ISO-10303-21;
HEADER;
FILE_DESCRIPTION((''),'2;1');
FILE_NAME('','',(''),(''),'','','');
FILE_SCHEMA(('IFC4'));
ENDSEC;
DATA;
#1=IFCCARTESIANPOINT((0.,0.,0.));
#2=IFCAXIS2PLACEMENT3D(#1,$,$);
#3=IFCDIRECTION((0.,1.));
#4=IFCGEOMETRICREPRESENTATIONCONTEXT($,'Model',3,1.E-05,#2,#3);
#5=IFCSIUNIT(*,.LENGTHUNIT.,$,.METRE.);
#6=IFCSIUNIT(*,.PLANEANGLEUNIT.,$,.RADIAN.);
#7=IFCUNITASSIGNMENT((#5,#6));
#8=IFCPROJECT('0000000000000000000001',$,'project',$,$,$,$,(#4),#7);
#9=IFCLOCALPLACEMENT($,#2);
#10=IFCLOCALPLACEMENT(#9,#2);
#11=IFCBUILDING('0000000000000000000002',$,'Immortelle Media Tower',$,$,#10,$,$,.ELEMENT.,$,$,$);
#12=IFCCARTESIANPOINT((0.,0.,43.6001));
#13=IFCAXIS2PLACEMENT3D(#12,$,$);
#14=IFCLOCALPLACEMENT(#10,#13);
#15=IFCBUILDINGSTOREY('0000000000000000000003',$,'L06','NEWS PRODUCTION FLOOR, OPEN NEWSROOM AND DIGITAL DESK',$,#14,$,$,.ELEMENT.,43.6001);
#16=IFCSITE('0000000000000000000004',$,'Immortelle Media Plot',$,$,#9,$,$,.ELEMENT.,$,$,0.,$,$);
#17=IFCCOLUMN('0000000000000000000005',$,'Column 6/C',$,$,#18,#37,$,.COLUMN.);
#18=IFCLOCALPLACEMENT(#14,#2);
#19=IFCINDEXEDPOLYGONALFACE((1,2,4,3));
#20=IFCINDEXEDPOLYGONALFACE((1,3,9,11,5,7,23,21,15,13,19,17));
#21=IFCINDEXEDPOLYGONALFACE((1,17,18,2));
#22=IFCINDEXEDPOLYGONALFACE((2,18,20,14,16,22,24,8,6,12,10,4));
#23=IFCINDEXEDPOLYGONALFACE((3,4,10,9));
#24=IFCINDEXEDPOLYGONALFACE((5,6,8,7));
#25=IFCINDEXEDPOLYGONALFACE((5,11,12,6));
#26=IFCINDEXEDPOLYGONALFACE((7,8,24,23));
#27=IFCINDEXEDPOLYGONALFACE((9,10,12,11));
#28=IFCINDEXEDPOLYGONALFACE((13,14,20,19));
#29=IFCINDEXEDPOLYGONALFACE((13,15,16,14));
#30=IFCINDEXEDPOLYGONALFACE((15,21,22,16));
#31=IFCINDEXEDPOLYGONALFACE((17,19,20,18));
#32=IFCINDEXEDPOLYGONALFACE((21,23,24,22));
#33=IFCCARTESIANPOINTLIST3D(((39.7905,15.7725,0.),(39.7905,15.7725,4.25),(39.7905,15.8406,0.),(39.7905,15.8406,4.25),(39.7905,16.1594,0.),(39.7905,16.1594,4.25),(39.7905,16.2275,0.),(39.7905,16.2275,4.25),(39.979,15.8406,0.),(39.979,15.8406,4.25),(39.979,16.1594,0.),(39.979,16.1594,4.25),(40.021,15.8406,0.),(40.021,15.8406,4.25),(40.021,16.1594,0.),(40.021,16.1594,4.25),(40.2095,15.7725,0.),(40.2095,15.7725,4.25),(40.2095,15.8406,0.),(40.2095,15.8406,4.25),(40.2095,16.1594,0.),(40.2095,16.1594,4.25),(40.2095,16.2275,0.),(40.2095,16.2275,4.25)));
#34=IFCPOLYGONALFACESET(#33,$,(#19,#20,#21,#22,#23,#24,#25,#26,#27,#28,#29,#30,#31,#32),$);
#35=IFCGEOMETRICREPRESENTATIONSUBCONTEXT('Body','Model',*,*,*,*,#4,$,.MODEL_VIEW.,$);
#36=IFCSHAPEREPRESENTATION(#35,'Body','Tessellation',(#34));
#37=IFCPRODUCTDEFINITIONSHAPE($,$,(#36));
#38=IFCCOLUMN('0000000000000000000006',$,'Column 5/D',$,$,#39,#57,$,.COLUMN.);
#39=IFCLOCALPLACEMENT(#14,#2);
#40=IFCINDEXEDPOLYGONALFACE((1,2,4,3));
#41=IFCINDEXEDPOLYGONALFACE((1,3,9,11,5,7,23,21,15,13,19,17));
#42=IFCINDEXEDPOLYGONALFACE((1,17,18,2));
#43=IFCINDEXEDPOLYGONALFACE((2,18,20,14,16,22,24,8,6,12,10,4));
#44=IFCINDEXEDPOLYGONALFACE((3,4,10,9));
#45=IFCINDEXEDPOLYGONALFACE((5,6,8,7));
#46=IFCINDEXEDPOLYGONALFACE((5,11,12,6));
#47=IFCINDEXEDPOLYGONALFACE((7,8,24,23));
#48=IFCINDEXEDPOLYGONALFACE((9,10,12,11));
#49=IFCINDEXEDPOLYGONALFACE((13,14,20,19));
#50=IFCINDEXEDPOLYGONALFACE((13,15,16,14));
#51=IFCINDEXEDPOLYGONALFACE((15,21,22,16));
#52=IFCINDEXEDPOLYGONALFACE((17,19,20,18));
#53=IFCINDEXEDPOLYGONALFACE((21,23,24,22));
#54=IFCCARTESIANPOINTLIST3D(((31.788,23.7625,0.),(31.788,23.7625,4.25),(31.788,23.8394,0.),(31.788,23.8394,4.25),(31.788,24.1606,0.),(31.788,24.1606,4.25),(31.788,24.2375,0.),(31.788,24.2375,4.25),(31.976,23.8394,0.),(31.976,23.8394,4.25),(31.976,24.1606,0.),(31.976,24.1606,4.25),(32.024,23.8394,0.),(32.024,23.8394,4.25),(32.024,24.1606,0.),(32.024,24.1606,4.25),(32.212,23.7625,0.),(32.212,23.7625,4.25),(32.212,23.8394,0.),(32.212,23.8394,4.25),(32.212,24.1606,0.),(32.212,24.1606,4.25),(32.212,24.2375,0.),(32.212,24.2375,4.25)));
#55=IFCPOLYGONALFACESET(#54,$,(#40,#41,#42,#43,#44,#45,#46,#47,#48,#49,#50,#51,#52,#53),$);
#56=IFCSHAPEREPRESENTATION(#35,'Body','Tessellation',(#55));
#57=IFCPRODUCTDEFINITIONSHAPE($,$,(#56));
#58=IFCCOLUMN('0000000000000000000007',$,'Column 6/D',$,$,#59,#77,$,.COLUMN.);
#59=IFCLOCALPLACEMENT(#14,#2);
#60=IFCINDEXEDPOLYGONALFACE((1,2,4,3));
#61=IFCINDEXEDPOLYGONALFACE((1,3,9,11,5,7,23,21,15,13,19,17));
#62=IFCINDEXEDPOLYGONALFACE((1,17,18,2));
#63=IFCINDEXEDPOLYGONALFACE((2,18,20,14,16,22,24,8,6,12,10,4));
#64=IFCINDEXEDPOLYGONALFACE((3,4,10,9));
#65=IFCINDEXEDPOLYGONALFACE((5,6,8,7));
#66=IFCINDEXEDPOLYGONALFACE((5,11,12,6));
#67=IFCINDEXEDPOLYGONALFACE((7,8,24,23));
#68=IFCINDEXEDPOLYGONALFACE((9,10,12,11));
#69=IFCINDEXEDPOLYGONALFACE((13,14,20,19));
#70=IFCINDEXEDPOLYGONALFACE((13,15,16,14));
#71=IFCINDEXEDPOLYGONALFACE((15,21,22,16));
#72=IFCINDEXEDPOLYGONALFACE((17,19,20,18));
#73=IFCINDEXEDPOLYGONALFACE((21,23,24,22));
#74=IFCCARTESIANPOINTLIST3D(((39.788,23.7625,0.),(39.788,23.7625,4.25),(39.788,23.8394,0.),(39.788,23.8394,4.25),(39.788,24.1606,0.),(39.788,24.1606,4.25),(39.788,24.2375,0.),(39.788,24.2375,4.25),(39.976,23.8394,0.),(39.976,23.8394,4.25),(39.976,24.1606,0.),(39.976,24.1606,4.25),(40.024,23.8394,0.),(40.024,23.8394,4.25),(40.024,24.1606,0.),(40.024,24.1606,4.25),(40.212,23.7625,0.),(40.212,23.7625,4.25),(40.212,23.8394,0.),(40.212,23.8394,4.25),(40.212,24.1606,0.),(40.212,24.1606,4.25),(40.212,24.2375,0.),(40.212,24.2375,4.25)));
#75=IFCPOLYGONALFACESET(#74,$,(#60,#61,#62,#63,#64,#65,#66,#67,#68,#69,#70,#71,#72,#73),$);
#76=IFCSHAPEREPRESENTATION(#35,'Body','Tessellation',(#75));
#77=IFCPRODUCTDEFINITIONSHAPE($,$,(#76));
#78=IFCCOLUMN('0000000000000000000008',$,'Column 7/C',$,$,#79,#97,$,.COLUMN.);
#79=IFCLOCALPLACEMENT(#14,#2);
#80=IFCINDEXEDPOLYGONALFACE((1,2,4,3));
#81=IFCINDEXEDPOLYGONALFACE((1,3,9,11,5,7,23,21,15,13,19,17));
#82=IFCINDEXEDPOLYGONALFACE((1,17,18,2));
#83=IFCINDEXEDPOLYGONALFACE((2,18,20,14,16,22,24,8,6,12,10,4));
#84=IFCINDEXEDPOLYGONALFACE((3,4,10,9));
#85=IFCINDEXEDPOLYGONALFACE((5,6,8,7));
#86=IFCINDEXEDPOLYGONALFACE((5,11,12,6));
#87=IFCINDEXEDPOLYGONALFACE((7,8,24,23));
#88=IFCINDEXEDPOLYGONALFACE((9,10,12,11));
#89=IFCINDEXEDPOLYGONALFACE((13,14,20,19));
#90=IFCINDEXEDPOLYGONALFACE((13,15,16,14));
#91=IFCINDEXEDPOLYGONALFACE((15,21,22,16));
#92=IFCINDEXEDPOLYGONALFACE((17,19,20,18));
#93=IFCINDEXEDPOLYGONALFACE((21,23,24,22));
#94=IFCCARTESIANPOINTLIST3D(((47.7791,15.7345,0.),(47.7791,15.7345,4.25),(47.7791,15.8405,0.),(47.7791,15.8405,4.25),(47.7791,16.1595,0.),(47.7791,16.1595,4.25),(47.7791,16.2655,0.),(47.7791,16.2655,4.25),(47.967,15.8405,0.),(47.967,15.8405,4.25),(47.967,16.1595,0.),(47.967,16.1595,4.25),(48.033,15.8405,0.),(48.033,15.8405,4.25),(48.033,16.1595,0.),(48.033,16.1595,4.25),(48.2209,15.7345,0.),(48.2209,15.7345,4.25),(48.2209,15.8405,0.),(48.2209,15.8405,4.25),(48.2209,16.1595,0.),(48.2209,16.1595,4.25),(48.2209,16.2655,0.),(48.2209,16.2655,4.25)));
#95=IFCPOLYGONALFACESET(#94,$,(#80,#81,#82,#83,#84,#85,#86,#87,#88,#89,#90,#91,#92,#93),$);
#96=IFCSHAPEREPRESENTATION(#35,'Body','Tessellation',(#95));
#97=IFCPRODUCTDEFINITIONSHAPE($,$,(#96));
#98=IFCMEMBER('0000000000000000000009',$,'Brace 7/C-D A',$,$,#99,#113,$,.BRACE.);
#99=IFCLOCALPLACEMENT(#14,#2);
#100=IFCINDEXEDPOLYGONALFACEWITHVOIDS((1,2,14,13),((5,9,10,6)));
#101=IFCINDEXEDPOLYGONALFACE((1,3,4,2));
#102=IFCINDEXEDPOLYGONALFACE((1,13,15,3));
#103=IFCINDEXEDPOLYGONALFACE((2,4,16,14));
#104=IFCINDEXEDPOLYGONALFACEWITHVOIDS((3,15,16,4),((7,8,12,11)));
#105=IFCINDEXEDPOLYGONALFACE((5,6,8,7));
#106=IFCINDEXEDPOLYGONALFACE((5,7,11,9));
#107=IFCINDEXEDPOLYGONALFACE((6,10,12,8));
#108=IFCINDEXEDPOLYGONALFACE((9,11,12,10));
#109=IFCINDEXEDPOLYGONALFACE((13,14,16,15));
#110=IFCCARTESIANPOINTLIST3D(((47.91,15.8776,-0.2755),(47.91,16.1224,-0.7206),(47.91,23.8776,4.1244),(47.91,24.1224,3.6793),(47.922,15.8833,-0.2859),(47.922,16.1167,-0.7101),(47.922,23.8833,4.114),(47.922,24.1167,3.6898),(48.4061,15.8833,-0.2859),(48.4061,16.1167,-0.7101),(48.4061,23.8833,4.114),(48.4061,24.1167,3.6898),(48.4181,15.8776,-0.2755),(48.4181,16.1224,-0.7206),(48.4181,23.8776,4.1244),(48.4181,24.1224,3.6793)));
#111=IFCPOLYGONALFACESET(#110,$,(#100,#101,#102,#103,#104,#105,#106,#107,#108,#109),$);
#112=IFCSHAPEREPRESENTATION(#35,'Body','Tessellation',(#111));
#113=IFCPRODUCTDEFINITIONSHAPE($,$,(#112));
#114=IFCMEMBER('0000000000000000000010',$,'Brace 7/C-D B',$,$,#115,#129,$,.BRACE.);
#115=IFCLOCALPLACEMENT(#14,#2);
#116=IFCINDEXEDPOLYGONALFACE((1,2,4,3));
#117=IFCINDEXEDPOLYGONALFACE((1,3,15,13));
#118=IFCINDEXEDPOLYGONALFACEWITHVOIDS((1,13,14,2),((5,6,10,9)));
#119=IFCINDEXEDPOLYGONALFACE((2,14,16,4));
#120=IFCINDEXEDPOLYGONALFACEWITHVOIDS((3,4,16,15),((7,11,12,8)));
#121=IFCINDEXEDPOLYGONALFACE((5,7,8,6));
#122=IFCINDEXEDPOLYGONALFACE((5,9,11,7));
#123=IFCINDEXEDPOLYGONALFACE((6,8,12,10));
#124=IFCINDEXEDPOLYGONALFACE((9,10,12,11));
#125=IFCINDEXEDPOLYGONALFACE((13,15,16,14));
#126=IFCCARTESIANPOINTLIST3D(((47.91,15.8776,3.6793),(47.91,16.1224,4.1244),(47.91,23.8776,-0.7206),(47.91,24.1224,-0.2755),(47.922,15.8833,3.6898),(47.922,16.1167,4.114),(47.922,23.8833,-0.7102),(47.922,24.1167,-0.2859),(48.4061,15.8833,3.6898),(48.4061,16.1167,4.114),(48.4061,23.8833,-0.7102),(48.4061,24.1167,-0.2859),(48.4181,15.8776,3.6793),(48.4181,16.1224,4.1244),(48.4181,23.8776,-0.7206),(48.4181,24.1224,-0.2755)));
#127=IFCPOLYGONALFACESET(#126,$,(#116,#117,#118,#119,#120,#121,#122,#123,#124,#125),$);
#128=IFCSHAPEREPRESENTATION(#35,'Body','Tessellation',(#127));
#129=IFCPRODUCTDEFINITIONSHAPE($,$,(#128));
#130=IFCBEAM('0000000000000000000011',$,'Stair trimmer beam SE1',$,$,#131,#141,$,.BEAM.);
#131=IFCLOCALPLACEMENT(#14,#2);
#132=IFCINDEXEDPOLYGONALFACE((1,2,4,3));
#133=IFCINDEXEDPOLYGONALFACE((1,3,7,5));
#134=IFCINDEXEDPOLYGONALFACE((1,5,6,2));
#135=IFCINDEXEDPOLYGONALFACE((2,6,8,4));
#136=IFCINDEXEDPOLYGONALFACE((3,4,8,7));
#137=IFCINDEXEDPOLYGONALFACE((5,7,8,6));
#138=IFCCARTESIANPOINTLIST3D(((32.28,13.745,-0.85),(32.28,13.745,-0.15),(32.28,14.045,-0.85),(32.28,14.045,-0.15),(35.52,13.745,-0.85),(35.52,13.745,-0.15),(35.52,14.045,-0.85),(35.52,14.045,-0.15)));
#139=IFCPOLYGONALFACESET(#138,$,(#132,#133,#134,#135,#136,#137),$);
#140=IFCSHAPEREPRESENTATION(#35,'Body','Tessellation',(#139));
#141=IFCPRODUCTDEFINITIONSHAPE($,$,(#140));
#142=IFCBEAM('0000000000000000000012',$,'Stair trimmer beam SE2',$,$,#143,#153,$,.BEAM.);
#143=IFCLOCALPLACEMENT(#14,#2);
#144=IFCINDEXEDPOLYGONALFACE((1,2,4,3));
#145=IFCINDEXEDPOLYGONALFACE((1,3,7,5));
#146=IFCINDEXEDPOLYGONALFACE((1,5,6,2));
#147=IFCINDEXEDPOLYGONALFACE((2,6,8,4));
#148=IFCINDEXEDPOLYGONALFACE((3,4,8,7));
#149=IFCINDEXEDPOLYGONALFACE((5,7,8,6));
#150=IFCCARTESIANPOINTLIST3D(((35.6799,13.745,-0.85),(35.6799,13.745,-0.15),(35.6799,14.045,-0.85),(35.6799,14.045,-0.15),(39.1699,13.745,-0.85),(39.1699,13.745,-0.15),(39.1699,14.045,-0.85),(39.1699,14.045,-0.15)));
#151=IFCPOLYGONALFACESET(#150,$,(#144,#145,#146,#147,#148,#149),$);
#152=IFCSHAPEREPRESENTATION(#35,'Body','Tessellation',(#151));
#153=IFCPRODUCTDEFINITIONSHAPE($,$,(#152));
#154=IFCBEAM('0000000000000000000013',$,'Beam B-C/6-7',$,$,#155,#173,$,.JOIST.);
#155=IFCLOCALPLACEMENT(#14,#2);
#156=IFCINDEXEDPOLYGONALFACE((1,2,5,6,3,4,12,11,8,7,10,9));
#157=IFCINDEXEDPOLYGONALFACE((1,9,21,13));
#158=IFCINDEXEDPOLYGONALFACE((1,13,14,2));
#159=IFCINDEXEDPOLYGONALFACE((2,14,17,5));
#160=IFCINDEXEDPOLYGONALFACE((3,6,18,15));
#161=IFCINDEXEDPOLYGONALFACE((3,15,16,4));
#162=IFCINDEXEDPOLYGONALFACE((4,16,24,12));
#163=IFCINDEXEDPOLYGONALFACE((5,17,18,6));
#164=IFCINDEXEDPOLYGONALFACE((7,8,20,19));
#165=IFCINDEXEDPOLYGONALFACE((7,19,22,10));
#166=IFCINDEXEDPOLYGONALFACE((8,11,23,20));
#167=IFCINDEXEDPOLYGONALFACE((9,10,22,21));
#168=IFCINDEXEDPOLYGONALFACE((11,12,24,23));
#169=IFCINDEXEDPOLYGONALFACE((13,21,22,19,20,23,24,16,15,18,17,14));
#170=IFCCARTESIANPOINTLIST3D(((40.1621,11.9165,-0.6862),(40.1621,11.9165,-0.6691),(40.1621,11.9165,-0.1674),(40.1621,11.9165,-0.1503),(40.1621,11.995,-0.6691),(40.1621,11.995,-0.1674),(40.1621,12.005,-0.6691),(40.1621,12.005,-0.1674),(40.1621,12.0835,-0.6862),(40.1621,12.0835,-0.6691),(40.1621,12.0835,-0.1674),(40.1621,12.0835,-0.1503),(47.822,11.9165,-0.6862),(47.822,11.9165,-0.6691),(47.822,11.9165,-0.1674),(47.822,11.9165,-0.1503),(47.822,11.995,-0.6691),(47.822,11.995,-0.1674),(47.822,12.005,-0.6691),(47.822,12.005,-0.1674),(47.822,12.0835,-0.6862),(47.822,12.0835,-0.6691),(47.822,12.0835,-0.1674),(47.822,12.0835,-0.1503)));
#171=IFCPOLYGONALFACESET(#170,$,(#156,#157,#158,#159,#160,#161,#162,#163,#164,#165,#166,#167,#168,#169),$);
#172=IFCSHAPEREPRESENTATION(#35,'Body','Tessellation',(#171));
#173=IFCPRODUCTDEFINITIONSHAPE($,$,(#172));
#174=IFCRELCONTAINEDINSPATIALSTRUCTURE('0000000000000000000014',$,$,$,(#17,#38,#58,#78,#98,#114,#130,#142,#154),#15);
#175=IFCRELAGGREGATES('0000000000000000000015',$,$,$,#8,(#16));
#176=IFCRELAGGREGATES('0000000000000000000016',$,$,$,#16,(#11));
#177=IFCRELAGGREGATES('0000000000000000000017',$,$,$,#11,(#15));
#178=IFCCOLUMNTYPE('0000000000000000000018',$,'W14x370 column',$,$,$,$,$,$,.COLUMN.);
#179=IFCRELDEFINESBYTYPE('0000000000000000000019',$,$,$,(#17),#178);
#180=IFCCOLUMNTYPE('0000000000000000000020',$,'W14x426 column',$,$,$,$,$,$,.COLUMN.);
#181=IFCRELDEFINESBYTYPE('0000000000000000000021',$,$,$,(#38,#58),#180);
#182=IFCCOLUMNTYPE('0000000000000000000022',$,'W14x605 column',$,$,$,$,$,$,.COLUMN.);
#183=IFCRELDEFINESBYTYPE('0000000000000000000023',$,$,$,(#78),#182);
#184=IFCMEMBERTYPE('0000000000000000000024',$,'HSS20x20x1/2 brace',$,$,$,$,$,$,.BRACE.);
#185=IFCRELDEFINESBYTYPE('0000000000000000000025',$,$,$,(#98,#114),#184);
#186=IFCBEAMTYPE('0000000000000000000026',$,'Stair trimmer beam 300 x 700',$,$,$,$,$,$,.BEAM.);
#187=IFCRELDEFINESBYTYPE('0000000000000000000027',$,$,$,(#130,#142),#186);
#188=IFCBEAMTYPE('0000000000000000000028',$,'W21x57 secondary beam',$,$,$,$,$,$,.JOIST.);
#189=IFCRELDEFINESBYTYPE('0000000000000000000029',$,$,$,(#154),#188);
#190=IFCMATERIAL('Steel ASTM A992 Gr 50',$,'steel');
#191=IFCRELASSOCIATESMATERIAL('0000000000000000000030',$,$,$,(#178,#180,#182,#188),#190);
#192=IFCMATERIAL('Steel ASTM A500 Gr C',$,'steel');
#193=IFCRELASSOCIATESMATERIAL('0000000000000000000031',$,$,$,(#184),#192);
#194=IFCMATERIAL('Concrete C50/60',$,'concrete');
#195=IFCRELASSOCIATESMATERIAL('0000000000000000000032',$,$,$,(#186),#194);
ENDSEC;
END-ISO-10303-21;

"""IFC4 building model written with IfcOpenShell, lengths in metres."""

from ifc_helpers import new_model, si_unit, direction, frame, origin, origin_2d, place, context, subcontext, project, spatial, rectangle, hollow_rectangle, i_section, extrude, material, material_profile, profile_set, type_object, element, save


model = new_model("IFC4")

# Units and contexts
model_context = context("Model", 3, precision=1e-05, world=origin(), true_north=direction((0.0, 1.0)))
body_context = subcontext(model_context, "Body", "Model", "MODEL_VIEW")
ifc_project = project(units=[si_unit("LENGTHUNIT", "METRE"), si_unit("PLANEANGLEUNIT", "RADIAN")], contexts=[model_context])

# Site, building, storey
site_placement = place(None, origin())
site = spatial("IfcSite", under=ifc_project, at=site_placement, Name="Immortelle Media Plot", CompositionType="ELEMENT", RefElevation=0.0)
building_placement = place(site_placement, origin())
building = spatial("IfcBuilding", under=site, at=building_placement, Name="Immortelle Media Tower", CompositionType="ELEMENT")
storey_placement = place(building_placement, frame((0.0, 0.0, 43.6001)))
storey = spatial("IfcBuildingStorey", under=building, at=storey_placement, Name="L06", Description="NEWS PRODUCTION FLOOR, OPEN NEWSROOM AND DIGITAL DESK", CompositionType="ELEMENT", Elevation=43.6001)

# Columns
ifc_material_1 = material(Name="Steel ASTM A992 Gr 50", Category="steel")
ifc_material_profile_1 = material_profile(ifc_material_1, i_section(OverallWidth=0.4189, OverallDepth=0.4551, WebThickness=0.042, FlangeThickness=0.0681, at=origin_2d()), Name="W14x370")
ifc_profile_set_1 = profile_set([ifc_material_profile_1], Name="Steel ASTM A992 Gr 50")
column_type_1 = type_object("IfcColumnType", Name="W14x370 column", PredefinedType="COLUMN", material=ifc_profile_set_1)
column_1_placement = place(storey_placement, frame((40.0, 16.0, 0.0), z_axis=(0.0, 0.0, 1.0), x_axis=(1.0, 0.0, 0.0)))
element("IfcColumn", 1, at=column_1_placement, inside=storey, type_object=column_type_1, Name="Column 6/C", PredefinedType="COLUMN", context=body_context, shape_type="SweptSolid", body=[
    extrude(i_section(OverallWidth=0.4189, OverallDepth=0.4551, WebThickness=0.042, FlangeThickness=0.0681, at=origin_2d()), origin(), (0.0, 0.0, 1.0), 4.25),
])
ifc_material_profile_2 = material_profile(ifc_material_1, i_section(OverallWidth=0.4241, OverallDepth=0.4751, WebThickness=0.0481, FlangeThickness=0.0769, at=origin_2d()), Name="W14x426")
ifc_profile_set_2 = profile_set([ifc_material_profile_2], Name="Steel ASTM A992 Gr 50")
column_type_2 = type_object("IfcColumnType", Name="W14x426 column", PredefinedType="COLUMN", material=ifc_profile_set_2)
for number, where, z_axis, x_axis, name in (
    (2, (32.0, 24.0, 0.0), (0.0, 0.0, 1.0), (1.0, 0.0, 0.0), "Column 5/D"),
    (3, (40.0, 24.0, 0.0), (0.0, 0.0, 1.0), (1.0, 0.0, 0.0), "Column 6/D"),
):
    element("IfcColumn", number, at=place(storey_placement, frame(where, z_axis=z_axis, x_axis=x_axis)), inside=storey, type_object=column_type_2, Name=name, PredefinedType="COLUMN", context=body_context, shape_type="SweptSolid", body=[
        extrude(i_section(OverallWidth=0.4241, OverallDepth=0.4751, WebThickness=0.0481, FlangeThickness=0.0769, at=origin_2d()), origin(), (0.0, 0.0, 1.0), 4.25),
    ])
ifc_material_profile_3 = material_profile(ifc_material_1, i_section(OverallWidth=0.4419, OverallDepth=0.531, WebThickness=0.0659, FlangeThickness=0.106, at=origin_2d()), Name="W14x605")
ifc_profile_set_3 = profile_set([ifc_material_profile_3], Name="Steel ASTM A992 Gr 50")
column_type_3 = type_object("IfcColumnType", Name="W14x605 column", PredefinedType="COLUMN", material=ifc_profile_set_3)
column_2_placement = place(storey_placement, frame((48.0, 16.0, 0.0), z_axis=(0.0, 0.0, 1.0), x_axis=(1.0, 0.0, 0.0)))
element("IfcColumn", 4, at=column_2_placement, inside=storey, type_object=column_type_3, Name="Column 7/C", PredefinedType="COLUMN", context=body_context, shape_type="SweptSolid", body=[
    extrude(i_section(OverallWidth=0.4419, OverallDepth=0.531, WebThickness=0.0659, FlangeThickness=0.106, at=origin_2d()), origin(), (0.0, 0.0, 1.0), 4.25),
])

# Members
ifc_material_2 = material(Name="Steel ASTM A500 Gr C", Category="steel")
ifc_material_profile_4 = material_profile(ifc_material_2, hollow_rectangle(XDim=0.5081, YDim=0.5081, WallThickness=0.012, at=origin_2d()), Name="HSS20x20x1/2 brace")
ifc_profile_set_4 = profile_set([ifc_material_profile_4], Name="Steel ASTM A500 Gr C")
member_type = type_object("IfcMemberType", Name="HSS20x20x1/2 brace", PredefinedType="BRACE", material=ifc_profile_set_4)
for number, where, z_axis, x_axis, name in (
    (5, (48.1641, 16.0, -0.498), (0.0, 0.87622, 0.481911), (-1.0, 0.0, 0.0), "Brace 7/C-D A"),
    (6, (48.1641, 16.0, 3.9019), (0.0, 0.87622, -0.481911), (-1.0, 0.0, 0.0), "Brace 7/C-D B"),
):
    element("IfcMember", number, at=place(storey_placement, frame(where, z_axis=z_axis, x_axis=x_axis)), inside=storey, type_object=member_type, Name=name, PredefinedType="BRACE", context=body_context, shape_type="SweptSolid", body=[
        extrude(hollow_rectangle(XDim=0.5081, YDim=0.5081, WallThickness=0.012, at=origin_2d()), origin(), (0.0, 0.0, 1.0), 9.1301),
    ])

# Beams
ifc_material_3 = material(Name="Concrete C50/60", Category="concrete")
ifc_material_profile_5 = material_profile(ifc_material_3, rectangle(XDim=0.3, YDim=0.7, at=origin_2d()), Name="RC 300x700")
ifc_profile_set_5 = profile_set([ifc_material_profile_5], Name="Concrete C50/60")
beam_type_1 = type_object("IfcBeamType", Name="Stair trimmer beam 300 x 700", PredefinedType="BEAM", material=ifc_profile_set_5)
beam_1_placement = place(storey_placement, frame((32.28, 13.895, -0.5), z_axis=(1.0, 0.0, 0.0), x_axis=(0.0, 1.0, 0.0)))
element("IfcBeam", 7, at=beam_1_placement, inside=storey, type_object=beam_type_1, Name="Stair trimmer beam SE1", PredefinedType="BEAM", context=body_context, shape_type="SweptSolid", body=[
    extrude(rectangle(XDim=0.3, YDim=0.7, at=origin_2d()), origin(), (0.0, 0.0, 1.0), 3.24),
])
beam_2_placement = place(storey_placement, frame((35.6799, 13.895, -0.5), z_axis=(1.0, 0.0, 0.0), x_axis=(0.0, 1.0, 0.0)))
element("IfcBeam", 8, at=beam_2_placement, inside=storey, type_object=beam_type_1, Name="Stair trimmer beam SE2", PredefinedType="BEAM", context=body_context, shape_type="SweptSolid", body=[
    extrude(rectangle(XDim=0.3, YDim=0.7, at=origin_2d()), origin(), (0.0, 0.0, 1.0), 3.49),
])
ifc_material_profile_6 = material_profile(ifc_material_1, i_section(OverallWidth=0.167, OverallDepth=0.5359, WebThickness=0.01, FlangeThickness=0.0171, at=origin_2d()), Name="W21x57")
ifc_profile_set_6 = profile_set([ifc_material_profile_6], Name="Steel ASTM A992 Gr 50")
beam_type_2 = type_object("IfcBeamType", Name="W21x57 secondary beam", PredefinedType="JOIST", material=ifc_profile_set_6)
beam_3_placement = place(storey_placement, frame((40.1621, 12.0, -0.4182), z_axis=(1.0, 0.0, 0.0), x_axis=(0.0, 1.0, 0.0)))
element("IfcBeam", 9, at=beam_3_placement, inside=storey, type_object=beam_type_2, Name="Beam B-C/6-7", PredefinedType="JOIST", context=body_context, shape_type="SweptSolid", body=[
    extrude(i_section(OverallWidth=0.167, OverallDepth=0.5359, WebThickness=0.01, FlangeThickness=0.0171, at=origin_2d()), origin(), (0.0, 0.0, 1.0), 7.6599),
])

save(model, "model.ifc")
